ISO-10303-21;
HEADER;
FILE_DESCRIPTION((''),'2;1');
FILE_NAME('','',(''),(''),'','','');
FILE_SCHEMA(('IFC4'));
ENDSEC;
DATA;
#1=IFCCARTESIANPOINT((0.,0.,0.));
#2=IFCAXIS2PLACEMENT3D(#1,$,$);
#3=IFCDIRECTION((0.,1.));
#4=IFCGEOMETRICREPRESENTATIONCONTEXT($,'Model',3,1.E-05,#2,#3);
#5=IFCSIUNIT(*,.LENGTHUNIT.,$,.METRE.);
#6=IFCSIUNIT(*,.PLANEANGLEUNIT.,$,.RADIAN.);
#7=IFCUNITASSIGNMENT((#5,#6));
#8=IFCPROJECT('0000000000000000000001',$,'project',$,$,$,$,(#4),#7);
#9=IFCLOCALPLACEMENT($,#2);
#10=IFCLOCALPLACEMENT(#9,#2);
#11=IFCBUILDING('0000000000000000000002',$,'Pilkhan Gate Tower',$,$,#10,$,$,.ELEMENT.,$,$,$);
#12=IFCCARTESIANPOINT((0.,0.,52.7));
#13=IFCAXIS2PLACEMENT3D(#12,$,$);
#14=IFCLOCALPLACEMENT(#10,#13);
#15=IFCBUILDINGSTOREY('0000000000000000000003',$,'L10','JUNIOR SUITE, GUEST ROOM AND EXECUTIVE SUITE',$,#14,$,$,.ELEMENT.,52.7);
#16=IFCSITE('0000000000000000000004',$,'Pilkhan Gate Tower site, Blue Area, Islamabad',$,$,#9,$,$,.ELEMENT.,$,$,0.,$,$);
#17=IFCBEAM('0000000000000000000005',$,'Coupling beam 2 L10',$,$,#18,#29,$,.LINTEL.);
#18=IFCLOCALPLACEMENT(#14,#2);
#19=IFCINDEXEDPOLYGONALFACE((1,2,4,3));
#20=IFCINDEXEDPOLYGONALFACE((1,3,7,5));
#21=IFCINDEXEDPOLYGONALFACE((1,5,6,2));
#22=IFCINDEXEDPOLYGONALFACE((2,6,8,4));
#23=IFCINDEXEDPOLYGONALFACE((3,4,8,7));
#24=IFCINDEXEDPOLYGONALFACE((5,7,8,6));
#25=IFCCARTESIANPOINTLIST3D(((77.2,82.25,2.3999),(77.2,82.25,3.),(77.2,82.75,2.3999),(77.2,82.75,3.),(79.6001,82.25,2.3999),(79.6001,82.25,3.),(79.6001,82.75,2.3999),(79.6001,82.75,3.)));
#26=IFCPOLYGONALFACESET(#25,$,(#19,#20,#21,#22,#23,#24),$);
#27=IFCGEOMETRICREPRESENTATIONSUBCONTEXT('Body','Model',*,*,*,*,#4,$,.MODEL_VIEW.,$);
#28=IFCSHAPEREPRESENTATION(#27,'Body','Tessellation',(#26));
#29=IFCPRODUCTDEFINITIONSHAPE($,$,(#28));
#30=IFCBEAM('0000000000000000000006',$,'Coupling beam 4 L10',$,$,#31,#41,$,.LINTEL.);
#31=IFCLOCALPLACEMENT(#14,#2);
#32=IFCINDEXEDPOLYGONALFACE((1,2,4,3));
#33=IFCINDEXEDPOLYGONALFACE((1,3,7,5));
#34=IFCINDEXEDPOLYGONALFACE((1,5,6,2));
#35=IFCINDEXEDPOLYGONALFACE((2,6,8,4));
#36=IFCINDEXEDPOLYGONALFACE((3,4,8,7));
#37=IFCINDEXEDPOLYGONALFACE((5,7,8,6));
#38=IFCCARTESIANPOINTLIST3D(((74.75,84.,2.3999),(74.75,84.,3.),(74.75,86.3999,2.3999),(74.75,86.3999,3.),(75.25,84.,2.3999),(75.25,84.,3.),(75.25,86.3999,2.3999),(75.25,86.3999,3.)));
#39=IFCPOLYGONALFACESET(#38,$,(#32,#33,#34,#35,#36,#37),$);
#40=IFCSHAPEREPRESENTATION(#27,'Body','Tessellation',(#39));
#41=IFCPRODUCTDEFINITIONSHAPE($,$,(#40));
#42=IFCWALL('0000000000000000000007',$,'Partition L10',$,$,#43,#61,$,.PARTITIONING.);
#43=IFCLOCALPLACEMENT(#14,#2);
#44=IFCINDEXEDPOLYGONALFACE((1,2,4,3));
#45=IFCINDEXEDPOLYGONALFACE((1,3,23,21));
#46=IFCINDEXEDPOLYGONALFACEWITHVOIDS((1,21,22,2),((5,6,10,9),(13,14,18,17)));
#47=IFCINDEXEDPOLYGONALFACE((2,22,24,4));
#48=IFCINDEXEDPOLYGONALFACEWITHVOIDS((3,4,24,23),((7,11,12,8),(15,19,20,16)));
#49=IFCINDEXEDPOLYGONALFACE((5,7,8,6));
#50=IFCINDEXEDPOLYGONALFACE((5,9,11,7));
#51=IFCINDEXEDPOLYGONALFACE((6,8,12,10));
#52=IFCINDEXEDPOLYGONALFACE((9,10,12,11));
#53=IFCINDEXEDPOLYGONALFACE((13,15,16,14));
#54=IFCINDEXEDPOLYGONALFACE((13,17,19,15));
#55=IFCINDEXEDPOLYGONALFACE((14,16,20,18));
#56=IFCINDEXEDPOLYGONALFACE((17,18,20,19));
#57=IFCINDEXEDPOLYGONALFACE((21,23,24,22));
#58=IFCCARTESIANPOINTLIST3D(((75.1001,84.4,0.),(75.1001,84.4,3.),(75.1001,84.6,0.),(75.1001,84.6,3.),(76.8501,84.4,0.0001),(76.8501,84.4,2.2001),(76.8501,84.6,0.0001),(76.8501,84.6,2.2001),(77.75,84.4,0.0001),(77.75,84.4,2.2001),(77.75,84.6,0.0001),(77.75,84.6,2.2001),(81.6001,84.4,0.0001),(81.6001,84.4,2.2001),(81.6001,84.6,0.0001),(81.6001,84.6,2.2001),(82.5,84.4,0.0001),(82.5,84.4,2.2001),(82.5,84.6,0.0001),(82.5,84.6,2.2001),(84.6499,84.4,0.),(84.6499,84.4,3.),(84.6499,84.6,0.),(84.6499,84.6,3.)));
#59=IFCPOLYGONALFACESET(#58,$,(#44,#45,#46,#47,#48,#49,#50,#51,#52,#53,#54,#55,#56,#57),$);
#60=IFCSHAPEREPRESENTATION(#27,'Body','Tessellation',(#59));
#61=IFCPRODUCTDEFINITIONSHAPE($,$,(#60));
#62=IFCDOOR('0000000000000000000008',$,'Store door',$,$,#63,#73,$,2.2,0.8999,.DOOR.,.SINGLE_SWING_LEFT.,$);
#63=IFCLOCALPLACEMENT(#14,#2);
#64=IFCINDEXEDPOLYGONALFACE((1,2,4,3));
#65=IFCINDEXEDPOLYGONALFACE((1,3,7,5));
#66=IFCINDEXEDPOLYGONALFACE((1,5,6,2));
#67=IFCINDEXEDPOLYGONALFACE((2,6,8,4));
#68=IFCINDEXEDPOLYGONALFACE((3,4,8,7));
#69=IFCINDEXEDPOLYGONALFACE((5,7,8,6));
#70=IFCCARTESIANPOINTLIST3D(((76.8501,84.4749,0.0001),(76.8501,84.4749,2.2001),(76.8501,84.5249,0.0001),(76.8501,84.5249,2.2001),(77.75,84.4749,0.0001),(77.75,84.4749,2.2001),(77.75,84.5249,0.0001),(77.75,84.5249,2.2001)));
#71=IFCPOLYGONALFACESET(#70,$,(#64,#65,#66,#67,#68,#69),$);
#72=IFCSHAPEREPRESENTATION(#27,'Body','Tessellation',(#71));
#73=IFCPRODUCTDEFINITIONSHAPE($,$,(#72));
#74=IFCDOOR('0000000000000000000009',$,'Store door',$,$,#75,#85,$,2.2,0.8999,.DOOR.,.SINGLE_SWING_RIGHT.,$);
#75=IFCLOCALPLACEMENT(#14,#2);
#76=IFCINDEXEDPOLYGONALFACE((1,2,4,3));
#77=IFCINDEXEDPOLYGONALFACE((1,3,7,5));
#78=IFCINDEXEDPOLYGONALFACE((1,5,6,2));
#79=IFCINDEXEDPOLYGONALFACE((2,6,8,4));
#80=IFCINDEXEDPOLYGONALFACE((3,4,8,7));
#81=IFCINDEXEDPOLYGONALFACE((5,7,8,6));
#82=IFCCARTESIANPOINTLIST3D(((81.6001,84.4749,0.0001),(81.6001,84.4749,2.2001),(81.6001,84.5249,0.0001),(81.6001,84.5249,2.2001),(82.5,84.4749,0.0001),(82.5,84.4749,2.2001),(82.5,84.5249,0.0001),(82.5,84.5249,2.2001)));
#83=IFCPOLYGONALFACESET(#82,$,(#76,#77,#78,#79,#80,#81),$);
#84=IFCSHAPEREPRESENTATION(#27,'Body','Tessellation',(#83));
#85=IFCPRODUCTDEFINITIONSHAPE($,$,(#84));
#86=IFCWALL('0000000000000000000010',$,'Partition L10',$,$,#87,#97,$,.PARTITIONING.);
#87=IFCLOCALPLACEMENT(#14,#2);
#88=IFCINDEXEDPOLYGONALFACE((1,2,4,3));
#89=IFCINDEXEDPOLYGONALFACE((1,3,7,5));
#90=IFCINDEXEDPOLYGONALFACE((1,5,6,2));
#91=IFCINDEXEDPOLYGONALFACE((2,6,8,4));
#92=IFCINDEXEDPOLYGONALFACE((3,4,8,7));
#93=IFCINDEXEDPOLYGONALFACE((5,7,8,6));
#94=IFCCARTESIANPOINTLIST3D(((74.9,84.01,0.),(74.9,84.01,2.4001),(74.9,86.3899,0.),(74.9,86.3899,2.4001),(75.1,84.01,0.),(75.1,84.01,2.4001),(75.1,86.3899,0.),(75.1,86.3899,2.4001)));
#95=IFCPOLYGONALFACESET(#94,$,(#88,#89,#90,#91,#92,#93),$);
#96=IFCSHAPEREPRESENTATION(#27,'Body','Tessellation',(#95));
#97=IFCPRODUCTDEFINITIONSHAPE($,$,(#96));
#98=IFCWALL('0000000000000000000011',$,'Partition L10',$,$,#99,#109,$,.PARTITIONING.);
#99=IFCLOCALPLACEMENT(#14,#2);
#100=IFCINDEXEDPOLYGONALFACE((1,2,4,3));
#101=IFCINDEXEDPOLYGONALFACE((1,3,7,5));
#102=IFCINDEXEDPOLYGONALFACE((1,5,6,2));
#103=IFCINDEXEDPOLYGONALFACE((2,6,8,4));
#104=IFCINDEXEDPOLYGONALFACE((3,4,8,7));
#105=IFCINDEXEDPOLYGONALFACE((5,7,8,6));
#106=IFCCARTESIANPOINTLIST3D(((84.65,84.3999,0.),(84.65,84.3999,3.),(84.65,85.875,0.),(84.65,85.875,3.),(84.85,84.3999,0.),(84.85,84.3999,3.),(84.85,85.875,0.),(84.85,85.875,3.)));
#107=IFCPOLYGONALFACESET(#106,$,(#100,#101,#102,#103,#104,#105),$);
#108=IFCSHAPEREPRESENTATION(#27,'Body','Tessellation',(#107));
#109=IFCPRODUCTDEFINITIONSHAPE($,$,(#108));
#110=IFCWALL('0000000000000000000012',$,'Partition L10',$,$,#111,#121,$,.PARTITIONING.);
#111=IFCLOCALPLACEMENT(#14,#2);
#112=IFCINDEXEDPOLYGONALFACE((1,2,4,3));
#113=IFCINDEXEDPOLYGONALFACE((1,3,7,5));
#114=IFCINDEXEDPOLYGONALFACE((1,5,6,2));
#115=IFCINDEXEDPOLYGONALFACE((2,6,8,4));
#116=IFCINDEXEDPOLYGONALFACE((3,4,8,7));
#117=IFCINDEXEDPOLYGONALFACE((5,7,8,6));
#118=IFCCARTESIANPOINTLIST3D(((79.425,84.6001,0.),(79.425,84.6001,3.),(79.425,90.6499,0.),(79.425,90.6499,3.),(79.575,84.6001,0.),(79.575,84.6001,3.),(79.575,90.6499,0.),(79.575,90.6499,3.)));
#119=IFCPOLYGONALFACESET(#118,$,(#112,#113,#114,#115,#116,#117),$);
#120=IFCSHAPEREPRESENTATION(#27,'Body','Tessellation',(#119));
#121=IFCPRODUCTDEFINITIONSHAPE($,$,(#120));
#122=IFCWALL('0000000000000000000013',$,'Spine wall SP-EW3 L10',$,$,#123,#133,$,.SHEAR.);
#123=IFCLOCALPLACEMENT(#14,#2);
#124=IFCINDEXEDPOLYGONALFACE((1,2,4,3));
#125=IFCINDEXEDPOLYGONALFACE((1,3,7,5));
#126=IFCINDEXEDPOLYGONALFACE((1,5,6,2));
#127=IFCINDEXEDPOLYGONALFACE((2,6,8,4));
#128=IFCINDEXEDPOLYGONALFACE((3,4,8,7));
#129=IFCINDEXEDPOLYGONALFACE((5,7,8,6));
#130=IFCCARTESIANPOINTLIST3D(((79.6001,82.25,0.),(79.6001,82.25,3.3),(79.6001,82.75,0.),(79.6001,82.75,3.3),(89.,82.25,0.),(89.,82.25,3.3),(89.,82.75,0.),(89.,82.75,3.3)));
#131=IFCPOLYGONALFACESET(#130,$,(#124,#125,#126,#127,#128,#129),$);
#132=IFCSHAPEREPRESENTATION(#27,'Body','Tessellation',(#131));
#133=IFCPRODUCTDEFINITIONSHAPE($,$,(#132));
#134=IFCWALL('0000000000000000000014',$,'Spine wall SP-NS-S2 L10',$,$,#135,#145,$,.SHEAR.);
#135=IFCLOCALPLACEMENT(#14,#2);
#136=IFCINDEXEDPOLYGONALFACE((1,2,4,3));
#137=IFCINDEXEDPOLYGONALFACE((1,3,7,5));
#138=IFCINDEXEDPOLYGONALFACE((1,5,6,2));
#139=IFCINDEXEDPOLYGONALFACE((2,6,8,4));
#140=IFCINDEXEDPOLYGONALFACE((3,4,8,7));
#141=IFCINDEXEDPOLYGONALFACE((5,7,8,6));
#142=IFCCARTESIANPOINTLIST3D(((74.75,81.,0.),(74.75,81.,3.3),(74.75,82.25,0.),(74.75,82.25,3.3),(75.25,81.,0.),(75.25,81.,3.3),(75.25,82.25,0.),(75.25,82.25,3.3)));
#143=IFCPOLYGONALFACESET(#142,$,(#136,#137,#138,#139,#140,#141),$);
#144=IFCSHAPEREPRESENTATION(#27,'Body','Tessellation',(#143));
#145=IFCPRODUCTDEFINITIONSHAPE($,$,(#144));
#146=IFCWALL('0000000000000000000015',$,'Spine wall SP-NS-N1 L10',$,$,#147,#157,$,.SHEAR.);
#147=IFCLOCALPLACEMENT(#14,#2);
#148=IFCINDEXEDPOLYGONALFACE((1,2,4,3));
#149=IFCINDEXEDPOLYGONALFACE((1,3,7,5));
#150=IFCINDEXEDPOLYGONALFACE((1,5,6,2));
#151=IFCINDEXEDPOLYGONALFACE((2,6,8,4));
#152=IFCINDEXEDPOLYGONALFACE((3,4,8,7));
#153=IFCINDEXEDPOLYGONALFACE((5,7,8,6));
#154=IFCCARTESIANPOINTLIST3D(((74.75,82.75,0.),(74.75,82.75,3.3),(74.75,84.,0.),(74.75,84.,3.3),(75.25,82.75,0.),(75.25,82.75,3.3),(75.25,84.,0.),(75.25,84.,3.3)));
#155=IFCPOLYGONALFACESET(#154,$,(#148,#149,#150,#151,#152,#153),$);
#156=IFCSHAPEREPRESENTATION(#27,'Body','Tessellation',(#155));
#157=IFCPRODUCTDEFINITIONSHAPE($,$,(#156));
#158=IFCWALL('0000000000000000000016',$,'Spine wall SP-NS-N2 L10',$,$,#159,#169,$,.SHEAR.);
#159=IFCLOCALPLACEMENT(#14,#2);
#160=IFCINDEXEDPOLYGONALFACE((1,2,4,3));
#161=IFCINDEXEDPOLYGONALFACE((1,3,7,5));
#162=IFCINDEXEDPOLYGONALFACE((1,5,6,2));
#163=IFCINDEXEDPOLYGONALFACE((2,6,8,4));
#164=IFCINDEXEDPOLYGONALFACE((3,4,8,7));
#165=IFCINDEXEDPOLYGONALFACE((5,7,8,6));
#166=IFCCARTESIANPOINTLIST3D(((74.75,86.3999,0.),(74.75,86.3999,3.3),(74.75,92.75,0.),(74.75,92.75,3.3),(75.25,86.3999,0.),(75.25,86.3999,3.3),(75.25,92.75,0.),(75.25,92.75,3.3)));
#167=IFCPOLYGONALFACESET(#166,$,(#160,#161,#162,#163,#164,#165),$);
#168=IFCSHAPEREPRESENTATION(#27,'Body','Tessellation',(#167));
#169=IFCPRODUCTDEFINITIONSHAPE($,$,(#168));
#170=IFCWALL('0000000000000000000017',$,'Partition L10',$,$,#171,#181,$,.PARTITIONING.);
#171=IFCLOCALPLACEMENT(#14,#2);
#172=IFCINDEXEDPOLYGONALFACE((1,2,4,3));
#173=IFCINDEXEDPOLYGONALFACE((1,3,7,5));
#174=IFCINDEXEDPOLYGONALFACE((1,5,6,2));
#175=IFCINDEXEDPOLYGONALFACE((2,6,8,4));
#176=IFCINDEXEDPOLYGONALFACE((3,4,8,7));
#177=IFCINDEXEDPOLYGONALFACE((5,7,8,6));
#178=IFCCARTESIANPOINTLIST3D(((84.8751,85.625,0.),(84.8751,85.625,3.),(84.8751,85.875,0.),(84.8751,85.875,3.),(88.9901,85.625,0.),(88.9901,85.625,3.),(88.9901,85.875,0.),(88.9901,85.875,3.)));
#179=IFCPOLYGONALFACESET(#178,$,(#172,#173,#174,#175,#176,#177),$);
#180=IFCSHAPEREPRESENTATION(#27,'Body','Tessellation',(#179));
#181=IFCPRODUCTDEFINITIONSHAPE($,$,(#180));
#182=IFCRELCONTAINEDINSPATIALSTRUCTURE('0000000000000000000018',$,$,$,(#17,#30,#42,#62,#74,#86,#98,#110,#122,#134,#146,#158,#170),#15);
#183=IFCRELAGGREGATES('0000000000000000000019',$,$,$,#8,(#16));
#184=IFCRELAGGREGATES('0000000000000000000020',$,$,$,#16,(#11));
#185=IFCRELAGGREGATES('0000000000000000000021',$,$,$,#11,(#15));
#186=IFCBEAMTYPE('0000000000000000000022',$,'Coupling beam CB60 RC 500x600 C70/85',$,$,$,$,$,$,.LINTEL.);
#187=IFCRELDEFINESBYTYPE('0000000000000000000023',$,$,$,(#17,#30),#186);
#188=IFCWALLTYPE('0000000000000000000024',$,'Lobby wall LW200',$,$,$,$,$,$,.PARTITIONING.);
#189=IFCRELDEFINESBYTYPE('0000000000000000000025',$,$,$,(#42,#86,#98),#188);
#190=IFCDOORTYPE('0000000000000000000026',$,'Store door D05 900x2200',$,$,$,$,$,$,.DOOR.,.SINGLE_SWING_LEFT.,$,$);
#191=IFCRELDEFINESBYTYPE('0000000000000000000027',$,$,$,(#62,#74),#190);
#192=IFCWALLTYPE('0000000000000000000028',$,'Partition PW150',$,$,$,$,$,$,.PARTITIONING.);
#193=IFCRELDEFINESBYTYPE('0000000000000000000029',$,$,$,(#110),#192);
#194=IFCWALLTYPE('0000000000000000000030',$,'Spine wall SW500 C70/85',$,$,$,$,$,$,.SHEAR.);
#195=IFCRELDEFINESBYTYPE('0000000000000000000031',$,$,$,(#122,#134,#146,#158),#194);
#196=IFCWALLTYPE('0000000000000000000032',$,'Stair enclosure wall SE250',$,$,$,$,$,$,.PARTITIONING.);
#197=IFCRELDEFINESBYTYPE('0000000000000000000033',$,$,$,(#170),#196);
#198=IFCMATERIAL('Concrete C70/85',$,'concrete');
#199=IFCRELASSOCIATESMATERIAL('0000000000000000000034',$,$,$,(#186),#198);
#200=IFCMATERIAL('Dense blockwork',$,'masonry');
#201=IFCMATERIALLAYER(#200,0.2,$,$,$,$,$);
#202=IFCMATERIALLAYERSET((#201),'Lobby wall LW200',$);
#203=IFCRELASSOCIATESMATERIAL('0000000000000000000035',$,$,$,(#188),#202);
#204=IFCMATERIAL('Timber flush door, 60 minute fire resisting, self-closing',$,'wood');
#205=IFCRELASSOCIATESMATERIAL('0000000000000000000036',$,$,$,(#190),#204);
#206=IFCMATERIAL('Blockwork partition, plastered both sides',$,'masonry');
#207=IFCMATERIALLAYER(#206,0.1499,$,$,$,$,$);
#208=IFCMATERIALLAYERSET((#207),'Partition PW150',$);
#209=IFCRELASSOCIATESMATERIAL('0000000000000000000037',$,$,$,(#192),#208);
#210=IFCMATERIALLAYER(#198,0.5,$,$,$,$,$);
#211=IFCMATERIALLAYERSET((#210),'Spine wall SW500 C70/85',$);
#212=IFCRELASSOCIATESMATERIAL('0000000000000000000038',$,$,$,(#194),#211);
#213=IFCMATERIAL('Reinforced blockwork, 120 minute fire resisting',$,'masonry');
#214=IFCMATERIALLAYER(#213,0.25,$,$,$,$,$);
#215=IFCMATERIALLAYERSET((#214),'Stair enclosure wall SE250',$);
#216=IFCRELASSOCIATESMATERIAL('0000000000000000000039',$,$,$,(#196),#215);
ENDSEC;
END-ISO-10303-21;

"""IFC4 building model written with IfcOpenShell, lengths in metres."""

from ifc_helpers import new_model, si_unit, direction, frame, frame_2d, origin, origin_2d, place, context, subcontext, project, spatial, rectangle, extrude, material, layer, layer_set, material_profile, profile_set, type_object, element, fill, save


model = new_model("IFC4")

# Units and contexts
model_context = context("Model", 3, precision=1e-05, world=origin(), true_north=direction((0.0, 1.0)))
body_context = subcontext(model_context, "Body", "Model", "MODEL_VIEW")
ifc_project = project(units=[si_unit("LENGTHUNIT", "METRE"), si_unit("PLANEANGLEUNIT", "RADIAN")], contexts=[model_context])

# Site, building, storey
site_placement = place(None, origin())
site = spatial("IfcSite", under=ifc_project, at=site_placement, Name="Pilkhan Gate Tower site, Blue Area, Islamabad", CompositionType="ELEMENT", RefElevation=0.0)
building_placement = place(site_placement, origin())
building = spatial("IfcBuilding", under=site, at=building_placement, Name="Pilkhan Gate Tower", CompositionType="ELEMENT")
storey_placement = place(building_placement, frame((0.0, 0.0, 52.7)))
storey = spatial("IfcBuildingStorey", under=building, at=storey_placement, Name="L10", Description="JUNIOR SUITE, GUEST ROOM AND EXECUTIVE SUITE", CompositionType="ELEMENT", Elevation=52.7)

# Beams
ifc_material_1 = material(Name="Concrete C70/85", Category="concrete")
ifc_material_profile = material_profile(ifc_material_1, rectangle(XDim=0.5, YDim=0.6001, at=origin_2d()), Name="RC 500x600")
ifc_profile_set = profile_set([ifc_material_profile], Name="Concrete C70/85")
beam_type = type_object("IfcBeamType", Name="Coupling beam CB60 RC 500x600 C70/85", PredefinedType="LINTEL", material=ifc_profile_set)
beam_1_placement = place(storey_placement, frame((77.2, 82.5, 2.7), z_axis=(1.0, 0.0, 0.0), x_axis=(0.0, 1.0, 0.0)))
element("IfcBeam", 1, at=beam_1_placement, inside=storey, type_object=beam_type, Name="Coupling beam 2 L10", PredefinedType="LINTEL", context=body_context, shape_type="SweptSolid", body=[
    extrude(rectangle(XDim=0.5, YDim=0.6001, at=origin_2d()), origin(), (0.0, 0.0, 1.0), 2.4001),
])
beam_2_placement = place(storey_placement, frame((75.0, 84.0, 2.7), z_axis=(0.0, 1.0, 0.0), x_axis=(-1.0, 0.0, 0.0)))
element("IfcBeam", 2, at=beam_2_placement, inside=storey, type_object=beam_type, Name="Coupling beam 4 L10", PredefinedType="LINTEL", context=body_context, shape_type="SweptSolid", body=[
    extrude(rectangle(XDim=0.5, YDim=0.6001, at=origin_2d()), origin(), (0.0, 0.0, 1.0), 2.3999),
])

# Wall, openings, doors
ifc_material_2 = material(Name="Dense blockwork", Category="masonry")
ifc_layer_1 = layer(ifc_material_2, 0.2)
ifc_layer_set_1 = layer_set([ifc_layer_1], Name="Lobby wall LW200")
wall_type_1 = type_object("IfcWallType", Name="Lobby wall LW200", PredefinedType="PARTITIONING", material=ifc_layer_set_1)
wall_1_placement = place(storey_placement, frame((75.1001, 84.5, 0.0), z_axis=(0.0, 0.0, 1.0), x_axis=(1.0, 0.0, 0.0)))
wall_1 = element("IfcWall", 3, at=wall_1_placement, inside=storey, type_object=wall_type_1, Name="Partition L10", PredefinedType="PARTITIONING", context=body_context, shape_type="SweptSolid", body=[
    extrude(rectangle(XDim=9.5498, YDim=0.2, at=frame_2d((4.7749, 0.0))), origin(), (0.0, 0.0, 1.0), 3.0),
])
opening_1_placement = place(wall_1_placement, frame((1.75, 0.0, 0.0)))
opening_1 = element("IfcOpeningElement", 4, at=opening_1_placement, cuts=wall_1, PredefinedType="OPENING", context=body_context, shape_type="SweptSolid", body=[
    extrude(rectangle(XDim=0.8999, YDim=2.2, at=frame_2d((0.45, 1.1001))), frame((0.0, 0.1099, 0.0), z_axis=(0.0, -1.0, 0.0), x_axis=(1.0, 0.0, 0.0)), (0.0, 0.0, 1.0), 0.22),
])
opening_2_placement = place(wall_1_placement, frame((6.5, 0.0, 0.0)))
opening_2 = element("IfcOpeningElement", 5, at=opening_2_placement, cuts=wall_1, PredefinedType="OPENING", context=body_context, shape_type="SweptSolid", body=[
    extrude(rectangle(XDim=0.8999, YDim=2.2, at=frame_2d((0.45, 1.1001))), frame((0.0, 0.1099, 0.0), z_axis=(0.0, -1.0, 0.0), x_axis=(1.0, 0.0, 0.0)), (0.0, 0.0, 1.0), 0.22),
])
ifc_material_3 = material(Name="Timber flush door, 60 minute fire resisting, self-closing", Category="wood")
door_type = type_object("IfcDoorType", Name="Store door D05 900x2200", OperationType="SINGLE_SWING_LEFT", PredefinedType="DOOR", material=ifc_material_3)
door_1_placement = place(opening_1_placement, origin())
door_1 = element("IfcDoor", 6, at=door_1_placement, inside=storey, type_object=door_type, Name="Store door", OperationType="SINGLE_SWING_LEFT", OverallHeight=2.2, OverallWidth=0.8999, PredefinedType="DOOR", context=body_context, shape_type="SweptSolid", body=[
    extrude(rectangle(XDim=0.8999, YDim=2.2, at=frame_2d((0.45, 1.1001))), frame((0.0, 0.0249, 0.0), z_axis=(0.0, -1.0, 0.0), x_axis=(1.0, 0.0, 0.0)), (0.0, 0.0, 1.0), 0.05),
])
fill(opening_1, door_1)
door_2_placement = place(opening_2_placement, origin())
door_2 = element("IfcDoor", 7, at=door_2_placement, inside=storey, type_object=door_type, Name="Store door", OperationType="SINGLE_SWING_RIGHT", OverallHeight=2.2, OverallWidth=0.8999, PredefinedType="DOOR", context=body_context, shape_type="SweptSolid", body=[
    extrude(rectangle(XDim=0.8999, YDim=2.2, at=frame_2d((0.45, 1.1001))), frame((0.0, 0.0249, 0.0), z_axis=(0.0, -1.0, 0.0), x_axis=(1.0, 0.0, 0.0)), (0.0, 0.0, 1.0), 0.05),
])
fill(opening_2, door_2)

# Walls
wall_2_placement = place(storey_placement, frame((75.0, 84.01, 0.0), z_axis=(0.0, 0.0, 1.0), x_axis=(0.0, 1.0, 0.0)))
element("IfcWall", 8, at=wall_2_placement, inside=storey, type_object=wall_type_1, Name="Partition L10", PredefinedType="PARTITIONING", context=body_context, shape_type="SweptSolid", body=[
    extrude(rectangle(XDim=2.3799, YDim=0.2, at=frame_2d((1.1899, 0.0))), origin(), (0.0, 0.0, 1.0), 2.4001),
])
wall_3_placement = place(storey_placement, frame((84.75, 84.3999, 0.0), z_axis=(0.0, 0.0, 1.0), x_axis=(0.0, 1.0, 0.0)))
element("IfcWall", 9, at=wall_3_placement, inside=storey, type_object=wall_type_1, Name="Partition L10", PredefinedType="PARTITIONING", context=body_context, shape_type="SweptSolid", body=[
    extrude(rectangle(XDim=1.4751, YDim=0.2, at=frame_2d((0.7375, 0.0))), origin(), (0.0, 0.0, 1.0), 3.0),
])
ifc_material_4 = material(Name="Blockwork partition, plastered both sides", Category="masonry")
ifc_layer_2 = layer(ifc_material_4, 0.1499)
ifc_layer_set_2 = layer_set([ifc_layer_2], Name="Partition PW150")
wall_type_2 = type_object("IfcWallType", Name="Partition PW150", PredefinedType="PARTITIONING", material=ifc_layer_set_2)
wall_4_placement = place(storey_placement, frame((79.5, 84.6001, 0.0), z_axis=(0.0, 0.0, 1.0), x_axis=(0.0, 1.0, 0.0)))
element("IfcWall", 10, at=wall_4_placement, inside=storey, type_object=wall_type_2, Name="Partition L10", PredefinedType="PARTITIONING", context=body_context, shape_type="SweptSolid", body=[
    extrude(rectangle(XDim=6.0498, YDim=0.1499, at=frame_2d((3.0249, 0.0))), origin(), (0.0, 0.0, 1.0), 3.0),
])
ifc_layer_3 = layer(ifc_material_1, 0.5)
ifc_layer_set_3 = layer_set([ifc_layer_3], Name="Spine wall SW500 C70/85")
wall_type_3 = type_object("IfcWallType", Name="Spine wall SW500 C70/85", PredefinedType="SHEAR", material=ifc_layer_set_3)
wall_5_placement = place(storey_placement, frame((79.6001, 82.5, 0.0), z_axis=(0.0, 0.0, 1.0), x_axis=(1.0, 0.0, 0.0)))
element("IfcWall", 11, at=wall_5_placement, inside=storey, type_object=wall_type_3, Name="Spine wall SP-EW3 L10", PredefinedType="SHEAR", context=body_context, shape_type="SweptSolid", body=[
    extrude(rectangle(XDim=9.3999, YDim=0.5, at=frame_2d((4.7, 0.0))), origin(), (0.0, 0.0, 1.0), 3.3),
])
for number, where, z_axis, x_axis, name in (
    (12, (75.0, 81.0, 0.0), (0.0, 0.0, 1.0), (0.0, 1.0, 0.0), "Spine wall SP-NS-S2 L10"),
    (13, (75.0, 82.75, 0.0), (0.0, 0.0, 1.0), (0.0, 1.0, 0.0), "Spine wall SP-NS-N1 L10"),
):
    element("IfcWall", number, at=place(storey_placement, frame(where, z_axis=z_axis, x_axis=x_axis)), inside=storey, type_object=wall_type_3, Name=name, PredefinedType="SHEAR", context=body_context, shape_type="SweptSolid", body=[
        extrude(rectangle(XDim=1.25, YDim=0.5, at=frame_2d((0.625, 0.0))), origin(), (0.0, 0.0, 1.0), 3.3),
    ])
wall_6_placement = place(storey_placement, frame((75.0, 86.3999, 0.0), z_axis=(0.0, 0.0, 1.0), x_axis=(0.0, 1.0, 0.0)))
element("IfcWall", 14, at=wall_6_placement, inside=storey, type_object=wall_type_3, Name="Spine wall SP-NS-N2 L10", PredefinedType="SHEAR", context=body_context, shape_type="SweptSolid", body=[
    extrude(rectangle(XDim=6.3501, YDim=0.5, at=frame_2d((3.175, 0.0))), origin(), (0.0, 0.0, 1.0), 3.3),
])
ifc_material_5 = material(Name="Reinforced blockwork, 120 minute fire resisting", Category="masonry")
ifc_layer_4 = layer(ifc_material_5, 0.25)
ifc_layer_set_4 = layer_set([ifc_layer_4], Name="Stair enclosure wall SE250")
wall_type_4 = type_object("IfcWallType", Name="Stair enclosure wall SE250", PredefinedType="PARTITIONING", material=ifc_layer_set_4)
wall_7_placement = place(storey_placement, frame((84.875, 85.75, 0.0), z_axis=(0.0, 0.0, 1.0), x_axis=(1.0, 0.0, 0.0)))
element("IfcWall", 15, at=wall_7_placement, inside=storey, type_object=wall_type_4, Name="Partition L10", PredefinedType="PARTITIONING", context=body_context, shape_type="SweptSolid", body=[
    extrude(rectangle(XDim=4.115, YDim=0.25, at=frame_2d((2.0576, 0.0))), origin(), (0.0, 0.0, 1.0), 3.0),
])

save(model, "model.ifc")
